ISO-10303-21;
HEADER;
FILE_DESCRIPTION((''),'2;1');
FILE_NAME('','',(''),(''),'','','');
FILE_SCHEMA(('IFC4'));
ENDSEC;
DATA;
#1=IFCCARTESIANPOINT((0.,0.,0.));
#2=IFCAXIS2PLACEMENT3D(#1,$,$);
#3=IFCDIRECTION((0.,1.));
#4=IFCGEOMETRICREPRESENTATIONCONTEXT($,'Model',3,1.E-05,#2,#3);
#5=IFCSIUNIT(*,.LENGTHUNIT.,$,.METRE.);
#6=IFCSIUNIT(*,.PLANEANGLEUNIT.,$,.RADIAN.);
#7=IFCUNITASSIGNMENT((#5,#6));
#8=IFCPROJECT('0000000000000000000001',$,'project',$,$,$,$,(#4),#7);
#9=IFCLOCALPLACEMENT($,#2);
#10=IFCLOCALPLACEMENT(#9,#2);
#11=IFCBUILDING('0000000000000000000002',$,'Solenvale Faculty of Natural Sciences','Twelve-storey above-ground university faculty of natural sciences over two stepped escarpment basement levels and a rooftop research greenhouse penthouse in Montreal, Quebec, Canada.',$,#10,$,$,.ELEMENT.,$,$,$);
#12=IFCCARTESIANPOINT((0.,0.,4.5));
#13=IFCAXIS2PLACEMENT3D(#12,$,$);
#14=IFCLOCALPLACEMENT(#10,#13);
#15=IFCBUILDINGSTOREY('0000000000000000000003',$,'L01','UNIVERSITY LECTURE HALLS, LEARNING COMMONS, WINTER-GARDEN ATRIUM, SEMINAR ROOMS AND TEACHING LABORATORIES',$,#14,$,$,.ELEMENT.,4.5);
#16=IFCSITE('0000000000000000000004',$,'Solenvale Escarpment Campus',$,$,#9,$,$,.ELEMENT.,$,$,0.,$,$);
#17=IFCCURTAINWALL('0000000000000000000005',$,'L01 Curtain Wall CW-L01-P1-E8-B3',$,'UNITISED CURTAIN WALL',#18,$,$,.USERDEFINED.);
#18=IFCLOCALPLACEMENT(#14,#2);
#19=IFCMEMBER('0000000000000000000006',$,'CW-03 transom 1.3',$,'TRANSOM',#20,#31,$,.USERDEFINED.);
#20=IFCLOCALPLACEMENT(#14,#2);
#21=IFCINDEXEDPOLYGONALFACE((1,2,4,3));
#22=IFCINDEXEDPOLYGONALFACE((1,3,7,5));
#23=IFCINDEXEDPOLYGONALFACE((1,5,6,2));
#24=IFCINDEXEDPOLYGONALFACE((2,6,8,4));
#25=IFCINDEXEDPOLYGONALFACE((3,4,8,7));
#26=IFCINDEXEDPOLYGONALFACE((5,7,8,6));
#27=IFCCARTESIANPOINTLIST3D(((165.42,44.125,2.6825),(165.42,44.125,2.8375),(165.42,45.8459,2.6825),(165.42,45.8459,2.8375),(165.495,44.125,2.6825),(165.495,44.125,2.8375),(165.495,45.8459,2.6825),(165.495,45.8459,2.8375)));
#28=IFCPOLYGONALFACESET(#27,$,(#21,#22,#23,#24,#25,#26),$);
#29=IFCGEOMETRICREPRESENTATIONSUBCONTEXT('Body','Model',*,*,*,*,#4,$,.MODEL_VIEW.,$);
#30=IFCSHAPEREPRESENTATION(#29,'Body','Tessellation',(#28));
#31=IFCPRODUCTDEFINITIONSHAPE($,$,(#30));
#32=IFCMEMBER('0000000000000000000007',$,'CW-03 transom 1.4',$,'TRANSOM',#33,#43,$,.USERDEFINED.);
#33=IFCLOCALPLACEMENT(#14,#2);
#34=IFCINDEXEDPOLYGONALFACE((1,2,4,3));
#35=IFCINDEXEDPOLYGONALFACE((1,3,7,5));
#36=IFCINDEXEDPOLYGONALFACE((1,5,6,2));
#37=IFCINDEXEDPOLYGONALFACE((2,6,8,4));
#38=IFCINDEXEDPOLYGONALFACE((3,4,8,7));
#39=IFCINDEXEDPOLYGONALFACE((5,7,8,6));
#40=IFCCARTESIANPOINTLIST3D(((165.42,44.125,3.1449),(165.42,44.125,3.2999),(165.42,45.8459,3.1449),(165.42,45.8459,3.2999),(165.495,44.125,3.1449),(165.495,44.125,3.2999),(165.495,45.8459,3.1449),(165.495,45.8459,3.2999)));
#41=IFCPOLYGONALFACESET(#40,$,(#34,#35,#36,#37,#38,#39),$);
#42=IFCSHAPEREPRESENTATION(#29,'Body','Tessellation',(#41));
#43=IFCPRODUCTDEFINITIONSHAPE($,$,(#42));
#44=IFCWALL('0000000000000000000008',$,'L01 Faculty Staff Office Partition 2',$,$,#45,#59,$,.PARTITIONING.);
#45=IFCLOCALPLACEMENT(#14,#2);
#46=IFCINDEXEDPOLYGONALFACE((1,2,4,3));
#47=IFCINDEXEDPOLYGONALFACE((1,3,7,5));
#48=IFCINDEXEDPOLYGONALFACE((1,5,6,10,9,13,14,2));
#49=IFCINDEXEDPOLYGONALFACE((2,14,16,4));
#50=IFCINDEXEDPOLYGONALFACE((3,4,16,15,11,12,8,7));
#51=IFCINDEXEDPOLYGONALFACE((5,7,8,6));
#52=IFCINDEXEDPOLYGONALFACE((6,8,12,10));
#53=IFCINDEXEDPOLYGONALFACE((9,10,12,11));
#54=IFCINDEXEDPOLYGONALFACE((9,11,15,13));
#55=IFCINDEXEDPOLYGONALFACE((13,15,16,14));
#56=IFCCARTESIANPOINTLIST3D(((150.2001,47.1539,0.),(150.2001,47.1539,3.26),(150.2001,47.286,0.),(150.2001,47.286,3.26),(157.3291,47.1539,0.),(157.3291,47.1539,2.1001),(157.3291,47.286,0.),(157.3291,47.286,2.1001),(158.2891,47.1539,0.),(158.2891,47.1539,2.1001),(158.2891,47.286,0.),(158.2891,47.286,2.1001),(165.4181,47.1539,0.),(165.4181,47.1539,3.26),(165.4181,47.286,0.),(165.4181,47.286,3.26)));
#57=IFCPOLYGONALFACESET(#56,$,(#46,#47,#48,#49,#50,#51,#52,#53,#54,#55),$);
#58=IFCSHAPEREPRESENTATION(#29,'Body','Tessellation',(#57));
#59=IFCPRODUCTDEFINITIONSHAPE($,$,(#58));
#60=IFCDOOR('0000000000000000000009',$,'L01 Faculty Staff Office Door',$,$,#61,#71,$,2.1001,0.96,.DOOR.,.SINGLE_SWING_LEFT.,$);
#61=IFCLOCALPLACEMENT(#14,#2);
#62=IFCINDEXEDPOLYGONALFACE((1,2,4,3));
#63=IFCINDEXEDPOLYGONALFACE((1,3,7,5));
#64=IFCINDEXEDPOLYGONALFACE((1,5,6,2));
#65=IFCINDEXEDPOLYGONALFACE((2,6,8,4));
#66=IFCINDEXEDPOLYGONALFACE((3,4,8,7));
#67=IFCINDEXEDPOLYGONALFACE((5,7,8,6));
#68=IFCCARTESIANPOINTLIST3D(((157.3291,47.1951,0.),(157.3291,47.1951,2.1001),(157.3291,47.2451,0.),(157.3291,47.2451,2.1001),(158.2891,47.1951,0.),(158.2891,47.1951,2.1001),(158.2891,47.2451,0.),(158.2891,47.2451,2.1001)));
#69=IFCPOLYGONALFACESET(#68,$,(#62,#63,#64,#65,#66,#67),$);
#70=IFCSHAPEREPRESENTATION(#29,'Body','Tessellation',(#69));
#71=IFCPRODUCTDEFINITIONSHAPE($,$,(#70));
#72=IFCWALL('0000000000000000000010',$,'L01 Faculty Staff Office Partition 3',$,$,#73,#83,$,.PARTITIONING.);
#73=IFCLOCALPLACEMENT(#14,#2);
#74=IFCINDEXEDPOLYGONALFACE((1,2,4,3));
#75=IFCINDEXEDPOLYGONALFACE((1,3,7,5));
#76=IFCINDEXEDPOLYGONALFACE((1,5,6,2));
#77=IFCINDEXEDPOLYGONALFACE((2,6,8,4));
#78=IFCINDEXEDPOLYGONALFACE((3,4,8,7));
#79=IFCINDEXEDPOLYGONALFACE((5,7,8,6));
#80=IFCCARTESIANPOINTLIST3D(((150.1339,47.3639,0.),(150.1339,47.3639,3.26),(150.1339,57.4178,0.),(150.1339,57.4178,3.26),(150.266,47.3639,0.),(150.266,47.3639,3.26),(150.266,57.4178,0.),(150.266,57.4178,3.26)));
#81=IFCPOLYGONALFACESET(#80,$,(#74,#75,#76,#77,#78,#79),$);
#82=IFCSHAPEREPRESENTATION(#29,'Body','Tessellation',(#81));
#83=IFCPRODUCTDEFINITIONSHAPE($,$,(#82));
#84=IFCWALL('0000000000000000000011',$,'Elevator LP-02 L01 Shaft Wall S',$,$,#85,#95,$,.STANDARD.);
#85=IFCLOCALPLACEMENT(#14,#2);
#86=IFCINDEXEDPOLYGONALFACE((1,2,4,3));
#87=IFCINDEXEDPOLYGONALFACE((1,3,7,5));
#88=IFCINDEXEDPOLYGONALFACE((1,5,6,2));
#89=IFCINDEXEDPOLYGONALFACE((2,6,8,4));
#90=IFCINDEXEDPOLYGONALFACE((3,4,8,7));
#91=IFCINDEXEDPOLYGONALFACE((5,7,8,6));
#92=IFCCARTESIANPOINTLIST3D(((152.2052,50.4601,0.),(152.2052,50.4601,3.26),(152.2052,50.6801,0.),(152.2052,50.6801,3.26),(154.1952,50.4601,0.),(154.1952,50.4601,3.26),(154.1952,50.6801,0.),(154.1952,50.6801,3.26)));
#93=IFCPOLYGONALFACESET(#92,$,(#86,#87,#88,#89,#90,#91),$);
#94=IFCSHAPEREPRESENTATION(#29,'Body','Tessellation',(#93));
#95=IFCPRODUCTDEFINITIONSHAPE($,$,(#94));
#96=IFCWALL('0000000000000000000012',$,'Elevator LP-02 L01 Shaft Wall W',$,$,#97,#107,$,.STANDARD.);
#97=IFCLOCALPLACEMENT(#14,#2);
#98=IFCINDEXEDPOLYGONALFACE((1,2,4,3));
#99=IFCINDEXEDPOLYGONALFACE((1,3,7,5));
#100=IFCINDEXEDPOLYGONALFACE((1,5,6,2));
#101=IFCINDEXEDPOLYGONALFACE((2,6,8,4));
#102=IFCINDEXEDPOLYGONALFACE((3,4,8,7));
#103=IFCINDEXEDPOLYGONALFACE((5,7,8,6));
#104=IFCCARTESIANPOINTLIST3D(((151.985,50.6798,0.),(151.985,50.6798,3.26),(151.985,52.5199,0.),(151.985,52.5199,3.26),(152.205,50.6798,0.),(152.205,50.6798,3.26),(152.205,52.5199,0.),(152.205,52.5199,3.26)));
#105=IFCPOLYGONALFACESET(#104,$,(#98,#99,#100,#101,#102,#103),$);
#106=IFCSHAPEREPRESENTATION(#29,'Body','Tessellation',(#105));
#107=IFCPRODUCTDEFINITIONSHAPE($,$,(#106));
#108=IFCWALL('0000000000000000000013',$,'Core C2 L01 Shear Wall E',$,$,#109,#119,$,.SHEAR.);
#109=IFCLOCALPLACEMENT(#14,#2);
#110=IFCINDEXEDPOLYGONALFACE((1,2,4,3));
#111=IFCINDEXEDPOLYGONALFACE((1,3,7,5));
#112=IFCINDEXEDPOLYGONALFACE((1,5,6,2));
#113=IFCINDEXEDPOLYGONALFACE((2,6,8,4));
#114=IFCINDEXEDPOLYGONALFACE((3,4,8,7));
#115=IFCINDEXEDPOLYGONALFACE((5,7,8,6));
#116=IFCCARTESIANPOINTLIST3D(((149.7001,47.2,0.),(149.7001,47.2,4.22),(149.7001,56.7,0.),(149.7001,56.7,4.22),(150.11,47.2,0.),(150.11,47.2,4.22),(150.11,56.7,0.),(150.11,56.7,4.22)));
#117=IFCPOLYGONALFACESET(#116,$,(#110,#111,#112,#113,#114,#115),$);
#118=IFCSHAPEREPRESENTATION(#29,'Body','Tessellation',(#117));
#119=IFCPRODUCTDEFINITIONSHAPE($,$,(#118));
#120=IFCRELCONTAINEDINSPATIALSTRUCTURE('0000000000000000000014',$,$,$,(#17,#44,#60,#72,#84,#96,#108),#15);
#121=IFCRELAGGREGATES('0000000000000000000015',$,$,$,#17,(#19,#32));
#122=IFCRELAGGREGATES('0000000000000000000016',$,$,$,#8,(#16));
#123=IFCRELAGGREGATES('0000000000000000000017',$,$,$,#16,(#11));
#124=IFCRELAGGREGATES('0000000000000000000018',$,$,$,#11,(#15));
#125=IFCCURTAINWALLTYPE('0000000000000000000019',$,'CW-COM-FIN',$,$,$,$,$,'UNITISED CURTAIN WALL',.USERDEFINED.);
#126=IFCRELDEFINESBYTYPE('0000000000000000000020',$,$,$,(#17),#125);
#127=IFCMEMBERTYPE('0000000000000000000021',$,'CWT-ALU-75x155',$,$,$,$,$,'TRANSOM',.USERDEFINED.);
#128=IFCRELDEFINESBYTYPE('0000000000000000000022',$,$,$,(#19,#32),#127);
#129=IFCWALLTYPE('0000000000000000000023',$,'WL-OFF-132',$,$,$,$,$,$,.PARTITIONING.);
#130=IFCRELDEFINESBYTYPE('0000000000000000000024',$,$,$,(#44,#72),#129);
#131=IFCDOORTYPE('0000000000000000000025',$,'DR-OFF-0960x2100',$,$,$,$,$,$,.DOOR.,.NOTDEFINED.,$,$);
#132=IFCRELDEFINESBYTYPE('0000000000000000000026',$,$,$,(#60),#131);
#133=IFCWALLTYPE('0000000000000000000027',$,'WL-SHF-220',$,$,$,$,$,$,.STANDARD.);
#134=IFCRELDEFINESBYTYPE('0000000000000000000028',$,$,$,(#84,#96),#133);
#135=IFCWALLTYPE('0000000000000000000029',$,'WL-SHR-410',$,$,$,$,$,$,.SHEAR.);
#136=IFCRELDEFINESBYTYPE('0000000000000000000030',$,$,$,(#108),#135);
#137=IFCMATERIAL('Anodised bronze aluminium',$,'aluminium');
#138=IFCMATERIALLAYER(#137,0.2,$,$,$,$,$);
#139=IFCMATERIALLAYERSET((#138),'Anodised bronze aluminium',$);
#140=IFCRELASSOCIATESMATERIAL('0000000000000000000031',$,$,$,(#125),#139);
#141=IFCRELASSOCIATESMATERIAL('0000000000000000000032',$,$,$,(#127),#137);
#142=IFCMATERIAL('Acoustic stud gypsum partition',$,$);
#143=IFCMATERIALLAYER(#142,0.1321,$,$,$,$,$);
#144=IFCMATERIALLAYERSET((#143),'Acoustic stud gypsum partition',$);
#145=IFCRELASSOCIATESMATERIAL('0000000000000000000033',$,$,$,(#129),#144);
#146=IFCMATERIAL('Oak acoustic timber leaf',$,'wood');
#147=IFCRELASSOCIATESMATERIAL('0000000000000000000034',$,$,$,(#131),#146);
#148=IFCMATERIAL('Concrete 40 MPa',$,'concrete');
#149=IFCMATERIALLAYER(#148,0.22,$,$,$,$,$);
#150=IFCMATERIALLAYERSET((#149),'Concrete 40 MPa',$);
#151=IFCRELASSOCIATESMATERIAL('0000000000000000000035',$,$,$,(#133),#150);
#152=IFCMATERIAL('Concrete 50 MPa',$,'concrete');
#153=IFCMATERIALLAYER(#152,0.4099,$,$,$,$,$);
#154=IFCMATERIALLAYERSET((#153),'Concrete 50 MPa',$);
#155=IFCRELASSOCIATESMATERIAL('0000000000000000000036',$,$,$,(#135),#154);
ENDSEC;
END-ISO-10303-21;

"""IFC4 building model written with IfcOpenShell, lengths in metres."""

from ifc_helpers import new_model, si_unit, direction, frame, frame_2d, origin, origin_2d, place, context, subcontext, project, spatial, rectangle, extrude, material, layer, layer_set, material_profile, profile_set, type_object, element, fill, aggregate, save


model = new_model("IFC4")

# Units and contexts
model_context = context("Model", 3, precision=1e-05, world=origin(), true_north=direction((0.0, 1.0)))
body_context = subcontext(model_context, "Body", "Model", "MODEL_VIEW")
ifc_project = project(units=[si_unit("LENGTHUNIT", "METRE"), si_unit("PLANEANGLEUNIT", "RADIAN")], contexts=[model_context])

# Site, building, storey
site_placement = place(None, origin())
site = spatial("IfcSite", under=ifc_project, at=site_placement, Name="Solenvale Escarpment Campus", CompositionType="ELEMENT", RefElevation=0.0)
building_placement = place(site_placement, origin())
building = spatial("IfcBuilding", under=site, at=building_placement, Name="Solenvale Faculty of Natural Sciences", Description="Twelve-storey above-ground university faculty of natural sciences over two stepped escarpment basement levels and a rooftop research greenhouse penthouse in Montreal, Quebec, Canada.", CompositionType="ELEMENT")
storey_placement = place(building_placement, frame((0.0, 0.0, 4.5)))
storey = spatial("IfcBuildingStorey", under=building, at=storey_placement, Name="L01", Description="UNIVERSITY LECTURE HALLS, LEARNING COMMONS, WINTER-GARDEN ATRIUM, SEMINAR ROOMS AND TEACHING LABORATORIES", CompositionType="ELEMENT", Elevation=4.5)

# Shared definitions
ifc_material_1 = material(Name="Concrete 50 MPa", Category="concrete")

# Shared definitions
ifc_material_2 = material(Name="Concrete 40 MPa", Category="concrete")

# Curtain wall, members
ifc_material_3 = material(Name="Anodised bronze aluminium", Category="aluminium")
ifc_layer_1 = layer(ifc_material_3, 0.2)
ifc_layer_set_1 = layer_set([ifc_layer_1], Name="Anodised bronze aluminium")
curtain_wall_type = type_object("IfcCurtainWallType", Name="CW-COM-FIN", ElementType="UNITISED CURTAIN WALL", PredefinedType="USERDEFINED", material=ifc_layer_set_1)
curtain_wall_placement = place(storey_placement, origin())
curtain_wall = element("IfcCurtainWall", 1, at=curtain_wall_placement, inside=storey, type_object=curtain_wall_type, Name="L01 Curtain Wall CW-L01-P1-E8-B3", ObjectType="UNITISED CURTAIN WALL", PredefinedType="USERDEFINED")
ifc_material_profile_1 = material_profile(ifc_material_3, rectangle(XDim=0.075, YDim=0.155, at=origin_2d()), Name="ALU-TRN-75x155")
ifc_profile_set_1 = profile_set([ifc_material_profile_1], Name="Anodised bronze aluminium")
member_type_1 = type_object("IfcMemberType", Name="CWT-ALU-75x155", ElementType="TRANSOM", PredefinedType="USERDEFINED", material=ifc_profile_set_1)
member_1_placement = place(storey_placement, frame((165.4575, 44.125, 2.76), z_axis=(0.0, 1.0, 0.0), x_axis=(-1.0, 0.0, 0.0)))
member_1 = element("IfcMember", 2, at=member_1_placement, type_object=member_type_1, Name="CW-03 transom 1.3", ObjectType="TRANSOM", PredefinedType="USERDEFINED", context=body_context, shape_type="SweptSolid", body=[
    extrude(rectangle(XDim=0.075, YDim=0.155, at=origin_2d()), origin(), (0.0, 0.0, 1.0), 1.7209),
])
member_2_placement = place(storey_placement, frame((165.4575, 44.125, 3.2224), z_axis=(0.0, 1.0, 0.0), x_axis=(-1.0, 0.0, 0.0)))
member_2 = element("IfcMember", 3, at=member_2_placement, type_object=member_type_1, Name="CW-03 transom 1.4", ObjectType="TRANSOM", PredefinedType="USERDEFINED", context=body_context, shape_type="SweptSolid", body=[
    extrude(rectangle(XDim=0.075, YDim=0.155, at=origin_2d()), origin(), (0.0, 0.0, 1.0), 1.7209),
])
aggregate(curtain_wall, [member_1, member_2])

# Wall, opening, door
ifc_material_4 = material(Name="Acoustic stud gypsum partition")
ifc_layer_2 = layer(ifc_material_4, 0.1321)
ifc_layer_set_2 = layer_set([ifc_layer_2], Name="Acoustic stud gypsum partition")
wall_type_1 = type_object("IfcWallType", Name="WL-OFF-132", PredefinedType="PARTITIONING", material=ifc_layer_set_2)
wall_1_placement = place(storey_placement, frame((165.418, 47.22, 0.0), z_axis=(0.0, 0.0, 1.0), x_axis=(-1.0, 0.0, 0.0)))
wall_1 = element("IfcWall", 4, at=wall_1_placement, inside=storey, type_object=wall_type_1, Name="L01 Faculty Staff Office Partition 2", PredefinedType="PARTITIONING", context=body_context, shape_type="SweptSolid", body=[
    extrude(rectangle(XDim=15.218, YDim=0.1321, at=frame_2d((7.6089, 0.0))), origin(), (0.0, 0.0, 1.0), 3.26),
])
opening_placement = place(wall_1_placement, frame((7.1289, 0.0, 0.0)))
opening = element("IfcOpeningElement", 5, at=opening_placement, cuts=wall_1, PredefinedType="OPENING", context=body_context, shape_type="SweptSolid", body=[
    extrude(rectangle(XDim=0.96, YDim=2.1001, at=frame_2d((0.48, 1.05))), frame((0.0, 0.0759, 0.0), z_axis=(0.0, -1.0, 0.0), x_axis=(1.0, 0.0, 0.0)), (0.0, 0.0, 1.0), 0.1521),
])
ifc_material_5 = material(Name="Oak acoustic timber leaf", Category="wood")
door_type = type_object("IfcDoorType", Name="DR-OFF-0960x2100", OperationType="NOTDEFINED", PredefinedType="DOOR", material=ifc_material_5)
door_placement = place(opening_placement, origin())
door = element("IfcDoor", 6, at=door_placement, inside=storey, type_object=door_type, Name="L01 Faculty Staff Office Door", OperationType="SINGLE_SWING_LEFT", OverallHeight=2.1001, OverallWidth=0.96, PredefinedType="DOOR", context=body_context, shape_type="SweptSolid", body=[
    extrude(rectangle(XDim=0.96, YDim=2.1001, at=frame_2d((0.48, 1.05))), frame((0.0, 0.0249, 0.0), z_axis=(0.0, -1.0, 0.0), x_axis=(1.0, 0.0, 0.0)), (0.0, 0.0, 1.0), 0.05),
])
fill(opening, door)

# Walls
wall_2_placement = place(storey_placement, frame((150.2, 47.364, 0.0), z_axis=(0.0, 0.0, 1.0), x_axis=(0.0, 1.0, 0.0)))
element("IfcWall", 7, at=wall_2_placement, inside=storey, type_object=wall_type_1, Name="L01 Faculty Staff Office Partition 3", PredefinedType="PARTITIONING", context=body_context, shape_type="SweptSolid", body=[
    extrude(rectangle(XDim=10.054, YDim=0.1321, at=frame_2d((5.0269, 0.0))), origin(), (0.0, 0.0, 1.0), 3.26),
])
ifc_layer_3 = layer(ifc_material_2, 0.22)
ifc_layer_set_3 = layer_set([ifc_layer_3], Name="Concrete 40 MPa")
wall_type_2 = type_object("IfcWallType", Name="WL-SHF-220", PredefinedType="STANDARD", material=ifc_layer_set_3)
wall_3_placement = place(storey_placement, frame((152.2051, 50.5701, 0.0), z_axis=(0.0, 0.0, 1.0), x_axis=(1.0, 0.0, 0.0)))
element("IfcWall", 8, at=wall_3_placement, inside=storey, type_object=wall_type_2, Name="Elevator LP-02 L01 Shaft Wall S", PredefinedType="STANDARD", context=body_context, shape_type="SweptSolid", body=[
    extrude(rectangle(XDim=1.99, YDim=0.22, at=frame_2d((0.9951, 0.0))), origin(), (0.0, 0.0, 1.0), 3.26),
])
wall_4_placement = place(storey_placement, frame((152.095, 50.6799, 0.0), z_axis=(0.0, 0.0, 1.0), x_axis=(0.0, 1.0, 0.0)))
element("IfcWall", 9, at=wall_4_placement, inside=storey, type_object=wall_type_2, Name="Elevator LP-02 L01 Shaft Wall W", PredefinedType="STANDARD", context=body_context, shape_type="SweptSolid", body=[
    extrude(rectangle(XDim=1.8401, YDim=0.22, at=frame_2d((0.9199, 0.0))), origin(), (0.0, 0.0, 1.0), 3.26),
])
ifc_layer_4 = layer(ifc_material_1, 0.4099)
ifc_layer_set_4 = layer_set([ifc_layer_4], Name="Concrete 50 MPa")
wall_type_3 = type_object("IfcWallType", Name="WL-SHR-410", PredefinedType="SHEAR", material=ifc_layer_set_4)
wall_5_placement = place(storey_placement, frame((149.905, 47.2, 0.0), z_axis=(0.0, 0.0, 1.0), x_axis=(0.0, 1.0, 0.0)))
element("IfcWall", 10, at=wall_5_placement, inside=storey, type_object=wall_type_3, Name="Core C2 L01 Shear Wall E", PredefinedType="SHEAR", context=body_context, shape_type="SweptSolid", body=[
    extrude(rectangle(XDim=9.5, YDim=0.4099, at=frame_2d((4.75, 0.0))), origin(), (0.0, 0.0, 1.0), 4.22),
])

save(model, "model.ifc")
